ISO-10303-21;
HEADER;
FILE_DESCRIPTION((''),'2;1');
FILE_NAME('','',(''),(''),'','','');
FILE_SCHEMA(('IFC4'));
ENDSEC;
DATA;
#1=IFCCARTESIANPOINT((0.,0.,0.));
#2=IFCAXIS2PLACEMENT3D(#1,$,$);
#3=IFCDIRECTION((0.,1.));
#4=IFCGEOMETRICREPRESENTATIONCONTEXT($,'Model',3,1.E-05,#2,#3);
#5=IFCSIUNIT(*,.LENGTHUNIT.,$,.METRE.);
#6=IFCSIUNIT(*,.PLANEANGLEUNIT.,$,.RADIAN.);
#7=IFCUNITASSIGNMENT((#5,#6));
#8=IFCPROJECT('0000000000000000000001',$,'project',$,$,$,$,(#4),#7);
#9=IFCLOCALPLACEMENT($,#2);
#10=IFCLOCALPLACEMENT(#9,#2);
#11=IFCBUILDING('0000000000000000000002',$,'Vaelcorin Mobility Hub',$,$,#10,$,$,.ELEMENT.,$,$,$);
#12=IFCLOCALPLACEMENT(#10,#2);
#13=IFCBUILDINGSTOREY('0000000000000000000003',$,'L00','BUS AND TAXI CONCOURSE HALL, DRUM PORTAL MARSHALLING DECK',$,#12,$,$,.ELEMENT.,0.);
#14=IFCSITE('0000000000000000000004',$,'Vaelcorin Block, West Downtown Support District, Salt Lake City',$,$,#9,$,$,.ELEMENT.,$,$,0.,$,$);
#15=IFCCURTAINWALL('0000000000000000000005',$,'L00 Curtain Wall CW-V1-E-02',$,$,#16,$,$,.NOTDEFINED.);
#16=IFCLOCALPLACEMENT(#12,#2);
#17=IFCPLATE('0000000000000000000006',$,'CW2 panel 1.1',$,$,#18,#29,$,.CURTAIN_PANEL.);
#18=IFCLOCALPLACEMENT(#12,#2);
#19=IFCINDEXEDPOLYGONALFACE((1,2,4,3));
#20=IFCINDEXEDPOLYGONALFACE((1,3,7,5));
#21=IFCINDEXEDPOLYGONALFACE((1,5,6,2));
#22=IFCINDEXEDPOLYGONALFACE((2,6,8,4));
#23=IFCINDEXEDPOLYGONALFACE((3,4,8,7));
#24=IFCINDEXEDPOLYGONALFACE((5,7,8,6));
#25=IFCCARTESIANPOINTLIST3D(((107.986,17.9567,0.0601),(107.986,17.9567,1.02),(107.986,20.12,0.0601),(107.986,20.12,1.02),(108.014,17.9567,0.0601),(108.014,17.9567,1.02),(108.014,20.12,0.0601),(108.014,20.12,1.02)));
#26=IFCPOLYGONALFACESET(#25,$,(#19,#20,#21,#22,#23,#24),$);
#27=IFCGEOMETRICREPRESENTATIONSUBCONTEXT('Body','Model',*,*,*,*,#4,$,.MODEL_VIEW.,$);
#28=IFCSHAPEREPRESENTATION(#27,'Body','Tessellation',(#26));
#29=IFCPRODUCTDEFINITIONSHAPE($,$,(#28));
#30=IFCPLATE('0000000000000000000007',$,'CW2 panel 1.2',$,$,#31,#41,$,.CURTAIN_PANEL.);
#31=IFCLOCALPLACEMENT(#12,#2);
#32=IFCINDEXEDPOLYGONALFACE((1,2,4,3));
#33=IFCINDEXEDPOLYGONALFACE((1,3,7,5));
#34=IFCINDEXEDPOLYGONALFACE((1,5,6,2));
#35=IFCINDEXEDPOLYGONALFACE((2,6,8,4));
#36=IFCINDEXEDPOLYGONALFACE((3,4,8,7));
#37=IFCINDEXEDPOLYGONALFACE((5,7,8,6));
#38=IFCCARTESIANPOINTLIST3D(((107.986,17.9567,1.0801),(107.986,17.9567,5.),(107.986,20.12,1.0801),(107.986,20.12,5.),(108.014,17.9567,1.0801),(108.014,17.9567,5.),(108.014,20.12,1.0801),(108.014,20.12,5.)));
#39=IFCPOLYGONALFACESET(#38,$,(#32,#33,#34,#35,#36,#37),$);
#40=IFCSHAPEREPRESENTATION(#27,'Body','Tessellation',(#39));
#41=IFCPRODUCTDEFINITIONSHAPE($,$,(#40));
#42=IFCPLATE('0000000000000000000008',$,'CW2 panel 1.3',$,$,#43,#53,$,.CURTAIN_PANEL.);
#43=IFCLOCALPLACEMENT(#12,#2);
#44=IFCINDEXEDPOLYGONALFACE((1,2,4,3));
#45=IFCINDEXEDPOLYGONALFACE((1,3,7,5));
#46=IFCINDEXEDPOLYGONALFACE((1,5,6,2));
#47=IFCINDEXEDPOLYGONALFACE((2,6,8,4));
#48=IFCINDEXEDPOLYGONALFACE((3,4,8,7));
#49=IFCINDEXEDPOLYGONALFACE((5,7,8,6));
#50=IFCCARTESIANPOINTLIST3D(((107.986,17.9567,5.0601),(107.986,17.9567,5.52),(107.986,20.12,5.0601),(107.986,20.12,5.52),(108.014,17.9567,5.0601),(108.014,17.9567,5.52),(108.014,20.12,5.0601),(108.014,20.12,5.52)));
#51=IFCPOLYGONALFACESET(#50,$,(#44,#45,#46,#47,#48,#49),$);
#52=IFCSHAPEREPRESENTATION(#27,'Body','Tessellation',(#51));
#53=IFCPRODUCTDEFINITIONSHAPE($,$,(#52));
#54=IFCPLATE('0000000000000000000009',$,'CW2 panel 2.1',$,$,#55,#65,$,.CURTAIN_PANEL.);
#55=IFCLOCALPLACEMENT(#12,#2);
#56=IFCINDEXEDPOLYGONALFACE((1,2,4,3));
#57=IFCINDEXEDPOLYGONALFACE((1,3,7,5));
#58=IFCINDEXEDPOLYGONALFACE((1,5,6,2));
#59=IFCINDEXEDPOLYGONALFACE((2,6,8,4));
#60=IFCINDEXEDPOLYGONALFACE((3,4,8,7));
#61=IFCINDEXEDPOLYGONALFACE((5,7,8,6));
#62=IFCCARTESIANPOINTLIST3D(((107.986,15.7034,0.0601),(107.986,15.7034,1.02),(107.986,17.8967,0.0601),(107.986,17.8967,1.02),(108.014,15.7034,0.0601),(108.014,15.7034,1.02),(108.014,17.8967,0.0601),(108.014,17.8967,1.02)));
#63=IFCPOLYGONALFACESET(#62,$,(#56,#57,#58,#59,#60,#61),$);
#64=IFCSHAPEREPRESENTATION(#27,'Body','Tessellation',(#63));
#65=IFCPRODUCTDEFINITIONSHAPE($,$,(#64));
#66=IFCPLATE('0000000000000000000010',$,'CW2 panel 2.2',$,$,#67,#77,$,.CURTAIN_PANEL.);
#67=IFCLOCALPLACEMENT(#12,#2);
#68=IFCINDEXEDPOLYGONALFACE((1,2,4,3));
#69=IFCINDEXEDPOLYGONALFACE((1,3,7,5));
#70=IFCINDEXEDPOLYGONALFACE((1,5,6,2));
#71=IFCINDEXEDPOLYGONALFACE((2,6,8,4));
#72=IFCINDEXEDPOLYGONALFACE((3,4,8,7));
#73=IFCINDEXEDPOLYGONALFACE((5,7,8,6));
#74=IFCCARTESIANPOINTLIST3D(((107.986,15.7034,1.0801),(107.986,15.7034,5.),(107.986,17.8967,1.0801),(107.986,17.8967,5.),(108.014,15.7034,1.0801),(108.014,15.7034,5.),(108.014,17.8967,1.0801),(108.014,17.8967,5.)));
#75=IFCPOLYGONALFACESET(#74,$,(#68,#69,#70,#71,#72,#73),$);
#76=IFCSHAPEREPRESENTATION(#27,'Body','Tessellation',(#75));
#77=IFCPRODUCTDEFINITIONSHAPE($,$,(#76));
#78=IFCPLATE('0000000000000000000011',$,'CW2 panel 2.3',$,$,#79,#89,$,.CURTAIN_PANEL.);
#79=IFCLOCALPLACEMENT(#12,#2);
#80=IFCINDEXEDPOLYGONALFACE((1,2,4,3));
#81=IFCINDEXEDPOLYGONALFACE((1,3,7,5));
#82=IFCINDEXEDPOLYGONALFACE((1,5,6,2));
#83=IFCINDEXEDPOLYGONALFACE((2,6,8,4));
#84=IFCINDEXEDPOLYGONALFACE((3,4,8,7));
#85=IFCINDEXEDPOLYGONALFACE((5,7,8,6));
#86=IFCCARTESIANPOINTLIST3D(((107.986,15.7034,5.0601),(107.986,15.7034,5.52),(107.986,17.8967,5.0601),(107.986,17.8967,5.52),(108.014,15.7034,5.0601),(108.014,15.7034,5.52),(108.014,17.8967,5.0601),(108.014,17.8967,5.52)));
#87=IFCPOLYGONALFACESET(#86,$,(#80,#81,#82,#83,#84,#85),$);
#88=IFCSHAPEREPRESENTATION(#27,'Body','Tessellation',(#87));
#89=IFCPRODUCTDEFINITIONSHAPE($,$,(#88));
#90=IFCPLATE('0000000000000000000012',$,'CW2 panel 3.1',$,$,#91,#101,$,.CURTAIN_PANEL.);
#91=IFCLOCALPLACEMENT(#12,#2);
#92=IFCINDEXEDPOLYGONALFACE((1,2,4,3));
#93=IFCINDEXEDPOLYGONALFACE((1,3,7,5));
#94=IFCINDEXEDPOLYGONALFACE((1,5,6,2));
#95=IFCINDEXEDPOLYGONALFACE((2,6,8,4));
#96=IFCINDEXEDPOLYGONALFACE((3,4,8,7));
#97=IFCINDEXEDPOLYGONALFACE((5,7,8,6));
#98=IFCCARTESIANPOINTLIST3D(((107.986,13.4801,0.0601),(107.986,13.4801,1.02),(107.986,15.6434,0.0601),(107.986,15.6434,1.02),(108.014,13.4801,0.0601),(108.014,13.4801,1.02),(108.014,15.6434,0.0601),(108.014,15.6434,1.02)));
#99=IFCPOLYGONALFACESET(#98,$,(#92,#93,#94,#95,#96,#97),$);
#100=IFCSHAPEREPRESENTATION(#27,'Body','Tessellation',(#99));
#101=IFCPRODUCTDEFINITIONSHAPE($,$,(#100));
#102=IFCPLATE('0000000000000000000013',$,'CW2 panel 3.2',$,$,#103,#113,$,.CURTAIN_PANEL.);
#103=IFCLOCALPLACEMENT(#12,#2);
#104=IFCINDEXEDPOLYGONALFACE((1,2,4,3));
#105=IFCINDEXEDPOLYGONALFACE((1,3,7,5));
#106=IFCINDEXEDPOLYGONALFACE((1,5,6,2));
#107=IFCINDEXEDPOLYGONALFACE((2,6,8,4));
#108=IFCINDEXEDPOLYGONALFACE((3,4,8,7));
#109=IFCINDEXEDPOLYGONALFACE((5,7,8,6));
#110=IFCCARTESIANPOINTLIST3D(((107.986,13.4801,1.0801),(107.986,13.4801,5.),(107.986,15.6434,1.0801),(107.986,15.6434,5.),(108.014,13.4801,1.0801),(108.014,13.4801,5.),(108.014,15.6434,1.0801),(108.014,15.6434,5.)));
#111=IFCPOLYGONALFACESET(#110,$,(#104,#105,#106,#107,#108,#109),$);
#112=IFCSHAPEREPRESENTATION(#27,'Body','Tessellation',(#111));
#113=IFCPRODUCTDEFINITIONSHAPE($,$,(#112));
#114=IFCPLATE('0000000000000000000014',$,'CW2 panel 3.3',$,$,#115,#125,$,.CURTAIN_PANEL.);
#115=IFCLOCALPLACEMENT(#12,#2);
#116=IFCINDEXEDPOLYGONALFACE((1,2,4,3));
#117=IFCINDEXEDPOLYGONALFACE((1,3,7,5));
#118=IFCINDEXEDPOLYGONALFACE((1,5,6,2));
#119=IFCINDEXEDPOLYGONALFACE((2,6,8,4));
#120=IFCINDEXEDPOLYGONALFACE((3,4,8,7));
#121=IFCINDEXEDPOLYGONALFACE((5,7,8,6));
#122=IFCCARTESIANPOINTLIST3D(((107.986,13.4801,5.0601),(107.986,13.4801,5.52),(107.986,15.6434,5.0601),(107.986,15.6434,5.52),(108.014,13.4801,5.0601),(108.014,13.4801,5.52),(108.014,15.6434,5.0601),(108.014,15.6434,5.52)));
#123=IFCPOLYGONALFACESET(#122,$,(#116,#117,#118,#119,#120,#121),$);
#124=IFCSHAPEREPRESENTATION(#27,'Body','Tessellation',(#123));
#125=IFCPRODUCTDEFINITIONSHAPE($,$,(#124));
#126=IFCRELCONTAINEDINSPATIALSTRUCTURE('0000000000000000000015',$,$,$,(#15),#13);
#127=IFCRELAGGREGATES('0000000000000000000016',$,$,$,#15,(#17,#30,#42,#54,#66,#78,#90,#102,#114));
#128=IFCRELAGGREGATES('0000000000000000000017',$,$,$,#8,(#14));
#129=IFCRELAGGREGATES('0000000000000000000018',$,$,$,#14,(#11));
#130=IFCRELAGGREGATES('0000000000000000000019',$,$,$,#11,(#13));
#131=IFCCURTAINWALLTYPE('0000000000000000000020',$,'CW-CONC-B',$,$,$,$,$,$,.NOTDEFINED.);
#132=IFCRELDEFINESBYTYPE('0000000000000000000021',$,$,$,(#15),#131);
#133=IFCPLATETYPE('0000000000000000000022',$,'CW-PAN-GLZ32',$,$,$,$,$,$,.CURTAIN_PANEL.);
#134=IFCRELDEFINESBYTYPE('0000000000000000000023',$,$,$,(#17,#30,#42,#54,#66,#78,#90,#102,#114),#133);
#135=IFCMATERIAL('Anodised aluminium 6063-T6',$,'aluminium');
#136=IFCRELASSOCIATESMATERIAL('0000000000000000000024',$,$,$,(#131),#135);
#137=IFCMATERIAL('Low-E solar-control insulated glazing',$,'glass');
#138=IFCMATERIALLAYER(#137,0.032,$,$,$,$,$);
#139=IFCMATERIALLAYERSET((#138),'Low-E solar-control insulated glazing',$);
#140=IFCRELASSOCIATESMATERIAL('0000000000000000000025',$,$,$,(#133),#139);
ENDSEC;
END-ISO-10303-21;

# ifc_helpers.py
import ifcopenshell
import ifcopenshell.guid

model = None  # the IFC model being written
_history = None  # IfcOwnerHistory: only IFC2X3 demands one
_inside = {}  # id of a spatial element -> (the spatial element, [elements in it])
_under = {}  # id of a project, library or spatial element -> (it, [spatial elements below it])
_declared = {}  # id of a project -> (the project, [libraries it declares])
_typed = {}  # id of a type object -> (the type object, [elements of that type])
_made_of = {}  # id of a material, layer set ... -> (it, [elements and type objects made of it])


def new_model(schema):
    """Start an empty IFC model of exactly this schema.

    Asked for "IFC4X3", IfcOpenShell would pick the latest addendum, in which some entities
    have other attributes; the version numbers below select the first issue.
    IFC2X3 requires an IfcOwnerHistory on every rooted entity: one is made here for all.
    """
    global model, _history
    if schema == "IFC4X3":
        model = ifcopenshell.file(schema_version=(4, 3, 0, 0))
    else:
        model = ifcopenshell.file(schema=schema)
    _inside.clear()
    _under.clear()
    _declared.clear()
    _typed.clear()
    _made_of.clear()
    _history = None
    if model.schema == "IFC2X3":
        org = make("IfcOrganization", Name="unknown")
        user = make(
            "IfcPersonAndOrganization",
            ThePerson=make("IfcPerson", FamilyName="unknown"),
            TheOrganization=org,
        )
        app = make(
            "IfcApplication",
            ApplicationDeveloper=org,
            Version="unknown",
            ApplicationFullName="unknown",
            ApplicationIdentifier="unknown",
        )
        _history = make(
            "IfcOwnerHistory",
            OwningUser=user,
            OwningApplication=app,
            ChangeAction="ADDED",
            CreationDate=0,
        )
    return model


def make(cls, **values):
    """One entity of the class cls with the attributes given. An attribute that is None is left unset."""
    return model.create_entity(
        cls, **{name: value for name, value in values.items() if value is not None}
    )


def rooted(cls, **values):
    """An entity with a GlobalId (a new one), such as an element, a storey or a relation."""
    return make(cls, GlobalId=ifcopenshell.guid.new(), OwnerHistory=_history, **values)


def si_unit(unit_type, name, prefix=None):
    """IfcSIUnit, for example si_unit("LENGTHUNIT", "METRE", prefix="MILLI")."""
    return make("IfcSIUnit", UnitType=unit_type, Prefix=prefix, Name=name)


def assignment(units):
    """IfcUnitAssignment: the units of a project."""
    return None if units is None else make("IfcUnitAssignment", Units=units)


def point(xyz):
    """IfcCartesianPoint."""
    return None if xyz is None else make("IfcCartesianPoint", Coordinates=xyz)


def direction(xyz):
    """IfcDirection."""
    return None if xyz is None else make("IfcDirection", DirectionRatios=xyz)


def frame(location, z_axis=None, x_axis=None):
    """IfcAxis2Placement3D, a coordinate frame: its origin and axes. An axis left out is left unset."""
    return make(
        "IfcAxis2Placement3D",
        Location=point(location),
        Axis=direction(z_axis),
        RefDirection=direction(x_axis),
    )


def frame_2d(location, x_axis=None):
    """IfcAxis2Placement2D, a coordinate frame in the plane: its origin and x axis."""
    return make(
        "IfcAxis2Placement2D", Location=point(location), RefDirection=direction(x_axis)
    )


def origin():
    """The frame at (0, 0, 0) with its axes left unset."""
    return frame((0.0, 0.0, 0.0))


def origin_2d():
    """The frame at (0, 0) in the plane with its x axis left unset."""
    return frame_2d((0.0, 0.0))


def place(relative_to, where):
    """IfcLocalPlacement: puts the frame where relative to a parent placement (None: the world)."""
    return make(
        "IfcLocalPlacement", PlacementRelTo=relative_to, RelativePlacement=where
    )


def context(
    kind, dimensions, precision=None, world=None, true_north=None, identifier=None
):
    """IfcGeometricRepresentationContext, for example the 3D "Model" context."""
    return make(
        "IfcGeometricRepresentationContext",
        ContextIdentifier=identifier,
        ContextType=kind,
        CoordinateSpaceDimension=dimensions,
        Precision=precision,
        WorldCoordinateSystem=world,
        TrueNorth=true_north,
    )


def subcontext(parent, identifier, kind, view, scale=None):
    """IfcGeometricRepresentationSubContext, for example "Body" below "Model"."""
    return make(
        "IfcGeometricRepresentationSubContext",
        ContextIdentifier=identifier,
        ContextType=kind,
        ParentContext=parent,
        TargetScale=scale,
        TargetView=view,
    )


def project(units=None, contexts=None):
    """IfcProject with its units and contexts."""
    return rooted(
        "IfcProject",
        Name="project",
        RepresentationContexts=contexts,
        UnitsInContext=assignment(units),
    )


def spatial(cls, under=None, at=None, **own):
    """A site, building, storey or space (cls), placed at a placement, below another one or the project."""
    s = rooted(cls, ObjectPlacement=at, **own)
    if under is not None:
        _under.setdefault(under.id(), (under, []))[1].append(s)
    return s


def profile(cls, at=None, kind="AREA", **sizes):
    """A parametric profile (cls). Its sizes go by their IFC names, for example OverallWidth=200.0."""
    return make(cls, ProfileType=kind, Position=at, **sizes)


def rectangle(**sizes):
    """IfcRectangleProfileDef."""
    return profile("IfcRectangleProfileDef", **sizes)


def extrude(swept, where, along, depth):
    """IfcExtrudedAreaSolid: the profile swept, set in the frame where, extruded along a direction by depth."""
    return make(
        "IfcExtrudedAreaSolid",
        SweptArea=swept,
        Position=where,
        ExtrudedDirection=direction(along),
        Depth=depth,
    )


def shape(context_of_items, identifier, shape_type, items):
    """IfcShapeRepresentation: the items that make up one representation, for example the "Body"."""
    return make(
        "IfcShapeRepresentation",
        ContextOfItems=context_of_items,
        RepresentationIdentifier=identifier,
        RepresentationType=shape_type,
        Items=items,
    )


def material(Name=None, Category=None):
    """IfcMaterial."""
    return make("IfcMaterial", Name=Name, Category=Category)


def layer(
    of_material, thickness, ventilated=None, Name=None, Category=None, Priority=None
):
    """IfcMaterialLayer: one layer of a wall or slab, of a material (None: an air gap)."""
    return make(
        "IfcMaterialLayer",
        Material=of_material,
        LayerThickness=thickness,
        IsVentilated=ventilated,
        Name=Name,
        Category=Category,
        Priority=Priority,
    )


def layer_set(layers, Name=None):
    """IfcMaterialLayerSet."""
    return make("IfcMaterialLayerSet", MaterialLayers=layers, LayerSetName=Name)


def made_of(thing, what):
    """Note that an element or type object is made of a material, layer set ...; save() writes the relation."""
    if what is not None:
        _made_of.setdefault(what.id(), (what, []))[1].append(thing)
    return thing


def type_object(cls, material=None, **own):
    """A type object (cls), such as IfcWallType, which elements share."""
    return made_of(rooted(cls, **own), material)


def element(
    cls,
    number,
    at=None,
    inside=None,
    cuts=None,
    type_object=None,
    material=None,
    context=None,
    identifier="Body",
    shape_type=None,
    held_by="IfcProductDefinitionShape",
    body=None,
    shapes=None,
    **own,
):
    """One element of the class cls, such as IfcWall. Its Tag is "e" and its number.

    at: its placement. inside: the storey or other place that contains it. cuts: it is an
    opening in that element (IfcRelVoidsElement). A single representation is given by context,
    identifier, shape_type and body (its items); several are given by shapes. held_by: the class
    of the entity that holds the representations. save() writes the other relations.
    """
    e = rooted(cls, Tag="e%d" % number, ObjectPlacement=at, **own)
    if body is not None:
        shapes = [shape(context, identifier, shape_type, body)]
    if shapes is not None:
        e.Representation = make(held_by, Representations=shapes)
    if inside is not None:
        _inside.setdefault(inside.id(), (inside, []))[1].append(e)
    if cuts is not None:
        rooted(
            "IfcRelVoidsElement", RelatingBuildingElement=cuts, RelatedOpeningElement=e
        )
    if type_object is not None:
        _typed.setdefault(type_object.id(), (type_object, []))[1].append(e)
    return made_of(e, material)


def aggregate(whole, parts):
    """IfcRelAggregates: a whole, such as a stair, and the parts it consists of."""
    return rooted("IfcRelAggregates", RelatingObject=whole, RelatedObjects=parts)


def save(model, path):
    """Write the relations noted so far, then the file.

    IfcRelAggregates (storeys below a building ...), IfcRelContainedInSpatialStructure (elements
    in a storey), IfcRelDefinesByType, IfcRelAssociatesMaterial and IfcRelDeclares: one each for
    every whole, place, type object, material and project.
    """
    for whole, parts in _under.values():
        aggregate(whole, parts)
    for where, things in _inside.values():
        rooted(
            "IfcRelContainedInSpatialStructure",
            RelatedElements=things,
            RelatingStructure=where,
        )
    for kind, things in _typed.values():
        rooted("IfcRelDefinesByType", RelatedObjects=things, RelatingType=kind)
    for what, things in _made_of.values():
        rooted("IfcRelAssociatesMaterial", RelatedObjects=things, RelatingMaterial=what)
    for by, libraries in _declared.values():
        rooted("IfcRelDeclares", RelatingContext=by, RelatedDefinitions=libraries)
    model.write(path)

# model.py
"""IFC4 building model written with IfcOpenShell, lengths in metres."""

from ifc_helpers import new_model, si_unit, direction, frame, origin, origin_2d, place, context, subcontext, project, spatial, rectangle, extrude, material, layer, layer_set, type_object, element, aggregate, save


model = new_model("IFC4")

# Units and contexts
model_context = context("Model", 3, precision=1e-05, world=origin(), true_north=direction((0.0, 1.0)))
body_context = subcontext(model_context, "Body", "Model", "MODEL_VIEW")
ifc_project = project(units=[si_unit("LENGTHUNIT", "METRE"), si_unit("PLANEANGLEUNIT", "RADIAN")], contexts=[model_context])

# Site, building, storey
site_placement = place(None, origin())
site = spatial("IfcSite", under=ifc_project, at=site_placement, Name="Vaelcorin Block, West Downtown Support District, Salt Lake City", CompositionType="ELEMENT", RefElevation=0.0)
building_placement = place(site_placement, origin())
building = spatial("IfcBuilding", under=site, at=building_placement, Name="Vaelcorin Mobility Hub", CompositionType="ELEMENT")
storey_placement = place(building_placement, origin())
storey = spatial("IfcBuildingStorey", under=building, at=storey_placement, Name="L00", Description="BUS AND TAXI CONCOURSE HALL, DRUM PORTAL MARSHALLING DECK", CompositionType="ELEMENT", Elevation=0.0)

# Curtain wall, plates
ifc_material_1 = material(Name="Anodised aluminium 6063-T6", Category="aluminium")
curtain_wall_type = type_object("IfcCurtainWallType", Name="CW-CONC-B", PredefinedType="NOTDEFINED", material=ifc_material_1)
curtain_wall_placement = place(storey_placement, origin())
curtain_wall = element("IfcCurtainWall", 1, at=curtain_wall_placement, inside=storey, type_object=curtain_wall_type, Name="L00 Curtain Wall CW-V1-E-02", PredefinedType="NOTDEFINED")
ifc_material_2 = material(Name="Low-E solar-control insulated glazing", Category="glass")
ifc_layer = layer(ifc_material_2, 0.032)
ifc_layer_set = layer_set([ifc_layer], Name="Low-E solar-control insulated glazing")
plate_type = type_object("IfcPlateType", Name="CW-PAN-GLZ32", PredefinedType="CURTAIN_PANEL", material=ifc_layer_set)
plate_1_placement = place(storey_placement, frame((108.0, 19.0383, 0.0601), z_axis=(0.0, 0.0, 1.0), x_axis=(0.0, -1.0, 0.0)))
plate_1 = element("IfcPlate", 2, at=plate_1_placement, type_object=plate_type, Name="CW2 panel 1.1", PredefinedType="CURTAIN_PANEL", context=body_context, shape_type="SweptSolid", body=[
    extrude(rectangle(XDim=2.1633, YDim=0.0281, at=origin_2d()), origin(), (0.0, 0.0, 1.0), 0.96),
])
plate_2_placement = place(storey_placement, frame((108.0, 19.0383, 1.0801), z_axis=(0.0, 0.0, 1.0), x_axis=(0.0, -1.0, 0.0)))
plate_2 = element("IfcPlate", 3, at=plate_2_placement, type_object=plate_type, Name="CW2 panel 1.2", PredefinedType="CURTAIN_PANEL", context=body_context, shape_type="SweptSolid", body=[
    extrude(rectangle(XDim=2.1633, YDim=0.0281, at=origin_2d()), origin(), (0.0, 0.0, 1.0), 3.9199),
])
plate_3_placement = place(storey_placement, frame((108.0, 19.0383, 5.0601), z_axis=(0.0, 0.0, 1.0), x_axis=(0.0, -1.0, 0.0)))
plate_3 = element("IfcPlate", 4, at=plate_3_placement, type_object=plate_type, Name="CW2 panel 1.3", PredefinedType="CURTAIN_PANEL", context=body_context, shape_type="SweptSolid", body=[
    extrude(rectangle(XDim=2.1633, YDim=0.0281, at=origin_2d()), origin(), (0.0, 0.0, 1.0), 0.46),
])
plate_4_placement = place(storey_placement, frame((108.0, 16.8, 0.0601), z_axis=(0.0, 0.0, 1.0), x_axis=(0.0, -1.0, 0.0)))
plate_4 = element("IfcPlate", 5, at=plate_4_placement, type_object=plate_type, Name="CW2 panel 2.1", PredefinedType="CURTAIN_PANEL", context=body_context, shape_type="SweptSolid", body=[
    extrude(rectangle(XDim=2.1934, YDim=0.0281, at=origin_2d()), origin(), (0.0, 0.0, 1.0), 0.96),
])
plate_5_placement = place(storey_placement, frame((108.0, 16.8, 1.0801), z_axis=(0.0, 0.0, 1.0), x_axis=(0.0, -1.0, 0.0)))
plate_5 = element("IfcPlate", 6, at=plate_5_placement, type_object=plate_type, Name="CW2 panel 2.2", PredefinedType="CURTAIN_PANEL", context=body_context, shape_type="SweptSolid", body=[
    extrude(rectangle(XDim=2.1934, YDim=0.0281, at=origin_2d()), origin(), (0.0, 0.0, 1.0), 3.9199),
])
plate_6_placement = place(storey_placement, frame((108.0, 16.8, 5.0601), z_axis=(0.0, 0.0, 1.0), x_axis=(0.0, -1.0, 0.0)))
plate_6 = element("IfcPlate", 7, at=plate_6_placement, type_object=plate_type, Name="CW2 panel 2.3", PredefinedType="CURTAIN_PANEL", context=body_context, shape_type="SweptSolid", body=[
    extrude(rectangle(XDim=2.1934, YDim=0.0281, at=origin_2d()), origin(), (0.0, 0.0, 1.0), 0.46),
])
plate_7_placement = place(storey_placement, frame((108.0, 14.5618, 0.0601), z_axis=(0.0, 0.0, 1.0), x_axis=(0.0, -1.0, 0.0)))
plate_7 = element("IfcPlate", 8, at=plate_7_placement, type_object=plate_type, Name="CW2 panel 3.1", PredefinedType="CURTAIN_PANEL", context=body_context, shape_type="SweptSolid", body=[
    extrude(rectangle(XDim=2.1633, YDim=0.0281, at=origin_2d()), origin(), (0.0, 0.0, 1.0), 0.96),
])
plate_8_placement = place(storey_placement, frame((108.0, 14.5618, 1.0801), z_axis=(0.0, 0.0, 1.0), x_axis=(0.0, -1.0, 0.0)))
plate_8 = element("IfcPlate", 9, at=plate_8_placement, type_object=plate_type, Name="CW2 panel 3.2", PredefinedType="CURTAIN_PANEL", context=body_context, shape_type="SweptSolid", body=[
    extrude(rectangle(XDim=2.1633, YDim=0.0281, at=origin_2d()), origin(), (0.0, 0.0, 1.0), 3.9199),
])
plate_9_placement = place(storey_placement, frame((108.0, 14.5618, 5.0601), z_axis=(0.0, 0.0, 1.0), x_axis=(0.0, -1.0, 0.0)))
plate_9 = element("IfcPlate", 10, at=plate_9_placement, type_object=plate_type, Name="CW2 panel 3.3", PredefinedType="CURTAIN_PANEL", context=body_context, shape_type="SweptSolid", body=[
    extrude(rectangle(XDim=2.1633, YDim=0.0281, at=origin_2d()), origin(), (0.0, 0.0, 1.0), 0.46),
])
aggregate(curtain_wall, [plate_1, plate_2, plate_3, plate_4, plate_5, plate_6, plate_7, plate_8, plate_9])

save(model, "model.ifc")
